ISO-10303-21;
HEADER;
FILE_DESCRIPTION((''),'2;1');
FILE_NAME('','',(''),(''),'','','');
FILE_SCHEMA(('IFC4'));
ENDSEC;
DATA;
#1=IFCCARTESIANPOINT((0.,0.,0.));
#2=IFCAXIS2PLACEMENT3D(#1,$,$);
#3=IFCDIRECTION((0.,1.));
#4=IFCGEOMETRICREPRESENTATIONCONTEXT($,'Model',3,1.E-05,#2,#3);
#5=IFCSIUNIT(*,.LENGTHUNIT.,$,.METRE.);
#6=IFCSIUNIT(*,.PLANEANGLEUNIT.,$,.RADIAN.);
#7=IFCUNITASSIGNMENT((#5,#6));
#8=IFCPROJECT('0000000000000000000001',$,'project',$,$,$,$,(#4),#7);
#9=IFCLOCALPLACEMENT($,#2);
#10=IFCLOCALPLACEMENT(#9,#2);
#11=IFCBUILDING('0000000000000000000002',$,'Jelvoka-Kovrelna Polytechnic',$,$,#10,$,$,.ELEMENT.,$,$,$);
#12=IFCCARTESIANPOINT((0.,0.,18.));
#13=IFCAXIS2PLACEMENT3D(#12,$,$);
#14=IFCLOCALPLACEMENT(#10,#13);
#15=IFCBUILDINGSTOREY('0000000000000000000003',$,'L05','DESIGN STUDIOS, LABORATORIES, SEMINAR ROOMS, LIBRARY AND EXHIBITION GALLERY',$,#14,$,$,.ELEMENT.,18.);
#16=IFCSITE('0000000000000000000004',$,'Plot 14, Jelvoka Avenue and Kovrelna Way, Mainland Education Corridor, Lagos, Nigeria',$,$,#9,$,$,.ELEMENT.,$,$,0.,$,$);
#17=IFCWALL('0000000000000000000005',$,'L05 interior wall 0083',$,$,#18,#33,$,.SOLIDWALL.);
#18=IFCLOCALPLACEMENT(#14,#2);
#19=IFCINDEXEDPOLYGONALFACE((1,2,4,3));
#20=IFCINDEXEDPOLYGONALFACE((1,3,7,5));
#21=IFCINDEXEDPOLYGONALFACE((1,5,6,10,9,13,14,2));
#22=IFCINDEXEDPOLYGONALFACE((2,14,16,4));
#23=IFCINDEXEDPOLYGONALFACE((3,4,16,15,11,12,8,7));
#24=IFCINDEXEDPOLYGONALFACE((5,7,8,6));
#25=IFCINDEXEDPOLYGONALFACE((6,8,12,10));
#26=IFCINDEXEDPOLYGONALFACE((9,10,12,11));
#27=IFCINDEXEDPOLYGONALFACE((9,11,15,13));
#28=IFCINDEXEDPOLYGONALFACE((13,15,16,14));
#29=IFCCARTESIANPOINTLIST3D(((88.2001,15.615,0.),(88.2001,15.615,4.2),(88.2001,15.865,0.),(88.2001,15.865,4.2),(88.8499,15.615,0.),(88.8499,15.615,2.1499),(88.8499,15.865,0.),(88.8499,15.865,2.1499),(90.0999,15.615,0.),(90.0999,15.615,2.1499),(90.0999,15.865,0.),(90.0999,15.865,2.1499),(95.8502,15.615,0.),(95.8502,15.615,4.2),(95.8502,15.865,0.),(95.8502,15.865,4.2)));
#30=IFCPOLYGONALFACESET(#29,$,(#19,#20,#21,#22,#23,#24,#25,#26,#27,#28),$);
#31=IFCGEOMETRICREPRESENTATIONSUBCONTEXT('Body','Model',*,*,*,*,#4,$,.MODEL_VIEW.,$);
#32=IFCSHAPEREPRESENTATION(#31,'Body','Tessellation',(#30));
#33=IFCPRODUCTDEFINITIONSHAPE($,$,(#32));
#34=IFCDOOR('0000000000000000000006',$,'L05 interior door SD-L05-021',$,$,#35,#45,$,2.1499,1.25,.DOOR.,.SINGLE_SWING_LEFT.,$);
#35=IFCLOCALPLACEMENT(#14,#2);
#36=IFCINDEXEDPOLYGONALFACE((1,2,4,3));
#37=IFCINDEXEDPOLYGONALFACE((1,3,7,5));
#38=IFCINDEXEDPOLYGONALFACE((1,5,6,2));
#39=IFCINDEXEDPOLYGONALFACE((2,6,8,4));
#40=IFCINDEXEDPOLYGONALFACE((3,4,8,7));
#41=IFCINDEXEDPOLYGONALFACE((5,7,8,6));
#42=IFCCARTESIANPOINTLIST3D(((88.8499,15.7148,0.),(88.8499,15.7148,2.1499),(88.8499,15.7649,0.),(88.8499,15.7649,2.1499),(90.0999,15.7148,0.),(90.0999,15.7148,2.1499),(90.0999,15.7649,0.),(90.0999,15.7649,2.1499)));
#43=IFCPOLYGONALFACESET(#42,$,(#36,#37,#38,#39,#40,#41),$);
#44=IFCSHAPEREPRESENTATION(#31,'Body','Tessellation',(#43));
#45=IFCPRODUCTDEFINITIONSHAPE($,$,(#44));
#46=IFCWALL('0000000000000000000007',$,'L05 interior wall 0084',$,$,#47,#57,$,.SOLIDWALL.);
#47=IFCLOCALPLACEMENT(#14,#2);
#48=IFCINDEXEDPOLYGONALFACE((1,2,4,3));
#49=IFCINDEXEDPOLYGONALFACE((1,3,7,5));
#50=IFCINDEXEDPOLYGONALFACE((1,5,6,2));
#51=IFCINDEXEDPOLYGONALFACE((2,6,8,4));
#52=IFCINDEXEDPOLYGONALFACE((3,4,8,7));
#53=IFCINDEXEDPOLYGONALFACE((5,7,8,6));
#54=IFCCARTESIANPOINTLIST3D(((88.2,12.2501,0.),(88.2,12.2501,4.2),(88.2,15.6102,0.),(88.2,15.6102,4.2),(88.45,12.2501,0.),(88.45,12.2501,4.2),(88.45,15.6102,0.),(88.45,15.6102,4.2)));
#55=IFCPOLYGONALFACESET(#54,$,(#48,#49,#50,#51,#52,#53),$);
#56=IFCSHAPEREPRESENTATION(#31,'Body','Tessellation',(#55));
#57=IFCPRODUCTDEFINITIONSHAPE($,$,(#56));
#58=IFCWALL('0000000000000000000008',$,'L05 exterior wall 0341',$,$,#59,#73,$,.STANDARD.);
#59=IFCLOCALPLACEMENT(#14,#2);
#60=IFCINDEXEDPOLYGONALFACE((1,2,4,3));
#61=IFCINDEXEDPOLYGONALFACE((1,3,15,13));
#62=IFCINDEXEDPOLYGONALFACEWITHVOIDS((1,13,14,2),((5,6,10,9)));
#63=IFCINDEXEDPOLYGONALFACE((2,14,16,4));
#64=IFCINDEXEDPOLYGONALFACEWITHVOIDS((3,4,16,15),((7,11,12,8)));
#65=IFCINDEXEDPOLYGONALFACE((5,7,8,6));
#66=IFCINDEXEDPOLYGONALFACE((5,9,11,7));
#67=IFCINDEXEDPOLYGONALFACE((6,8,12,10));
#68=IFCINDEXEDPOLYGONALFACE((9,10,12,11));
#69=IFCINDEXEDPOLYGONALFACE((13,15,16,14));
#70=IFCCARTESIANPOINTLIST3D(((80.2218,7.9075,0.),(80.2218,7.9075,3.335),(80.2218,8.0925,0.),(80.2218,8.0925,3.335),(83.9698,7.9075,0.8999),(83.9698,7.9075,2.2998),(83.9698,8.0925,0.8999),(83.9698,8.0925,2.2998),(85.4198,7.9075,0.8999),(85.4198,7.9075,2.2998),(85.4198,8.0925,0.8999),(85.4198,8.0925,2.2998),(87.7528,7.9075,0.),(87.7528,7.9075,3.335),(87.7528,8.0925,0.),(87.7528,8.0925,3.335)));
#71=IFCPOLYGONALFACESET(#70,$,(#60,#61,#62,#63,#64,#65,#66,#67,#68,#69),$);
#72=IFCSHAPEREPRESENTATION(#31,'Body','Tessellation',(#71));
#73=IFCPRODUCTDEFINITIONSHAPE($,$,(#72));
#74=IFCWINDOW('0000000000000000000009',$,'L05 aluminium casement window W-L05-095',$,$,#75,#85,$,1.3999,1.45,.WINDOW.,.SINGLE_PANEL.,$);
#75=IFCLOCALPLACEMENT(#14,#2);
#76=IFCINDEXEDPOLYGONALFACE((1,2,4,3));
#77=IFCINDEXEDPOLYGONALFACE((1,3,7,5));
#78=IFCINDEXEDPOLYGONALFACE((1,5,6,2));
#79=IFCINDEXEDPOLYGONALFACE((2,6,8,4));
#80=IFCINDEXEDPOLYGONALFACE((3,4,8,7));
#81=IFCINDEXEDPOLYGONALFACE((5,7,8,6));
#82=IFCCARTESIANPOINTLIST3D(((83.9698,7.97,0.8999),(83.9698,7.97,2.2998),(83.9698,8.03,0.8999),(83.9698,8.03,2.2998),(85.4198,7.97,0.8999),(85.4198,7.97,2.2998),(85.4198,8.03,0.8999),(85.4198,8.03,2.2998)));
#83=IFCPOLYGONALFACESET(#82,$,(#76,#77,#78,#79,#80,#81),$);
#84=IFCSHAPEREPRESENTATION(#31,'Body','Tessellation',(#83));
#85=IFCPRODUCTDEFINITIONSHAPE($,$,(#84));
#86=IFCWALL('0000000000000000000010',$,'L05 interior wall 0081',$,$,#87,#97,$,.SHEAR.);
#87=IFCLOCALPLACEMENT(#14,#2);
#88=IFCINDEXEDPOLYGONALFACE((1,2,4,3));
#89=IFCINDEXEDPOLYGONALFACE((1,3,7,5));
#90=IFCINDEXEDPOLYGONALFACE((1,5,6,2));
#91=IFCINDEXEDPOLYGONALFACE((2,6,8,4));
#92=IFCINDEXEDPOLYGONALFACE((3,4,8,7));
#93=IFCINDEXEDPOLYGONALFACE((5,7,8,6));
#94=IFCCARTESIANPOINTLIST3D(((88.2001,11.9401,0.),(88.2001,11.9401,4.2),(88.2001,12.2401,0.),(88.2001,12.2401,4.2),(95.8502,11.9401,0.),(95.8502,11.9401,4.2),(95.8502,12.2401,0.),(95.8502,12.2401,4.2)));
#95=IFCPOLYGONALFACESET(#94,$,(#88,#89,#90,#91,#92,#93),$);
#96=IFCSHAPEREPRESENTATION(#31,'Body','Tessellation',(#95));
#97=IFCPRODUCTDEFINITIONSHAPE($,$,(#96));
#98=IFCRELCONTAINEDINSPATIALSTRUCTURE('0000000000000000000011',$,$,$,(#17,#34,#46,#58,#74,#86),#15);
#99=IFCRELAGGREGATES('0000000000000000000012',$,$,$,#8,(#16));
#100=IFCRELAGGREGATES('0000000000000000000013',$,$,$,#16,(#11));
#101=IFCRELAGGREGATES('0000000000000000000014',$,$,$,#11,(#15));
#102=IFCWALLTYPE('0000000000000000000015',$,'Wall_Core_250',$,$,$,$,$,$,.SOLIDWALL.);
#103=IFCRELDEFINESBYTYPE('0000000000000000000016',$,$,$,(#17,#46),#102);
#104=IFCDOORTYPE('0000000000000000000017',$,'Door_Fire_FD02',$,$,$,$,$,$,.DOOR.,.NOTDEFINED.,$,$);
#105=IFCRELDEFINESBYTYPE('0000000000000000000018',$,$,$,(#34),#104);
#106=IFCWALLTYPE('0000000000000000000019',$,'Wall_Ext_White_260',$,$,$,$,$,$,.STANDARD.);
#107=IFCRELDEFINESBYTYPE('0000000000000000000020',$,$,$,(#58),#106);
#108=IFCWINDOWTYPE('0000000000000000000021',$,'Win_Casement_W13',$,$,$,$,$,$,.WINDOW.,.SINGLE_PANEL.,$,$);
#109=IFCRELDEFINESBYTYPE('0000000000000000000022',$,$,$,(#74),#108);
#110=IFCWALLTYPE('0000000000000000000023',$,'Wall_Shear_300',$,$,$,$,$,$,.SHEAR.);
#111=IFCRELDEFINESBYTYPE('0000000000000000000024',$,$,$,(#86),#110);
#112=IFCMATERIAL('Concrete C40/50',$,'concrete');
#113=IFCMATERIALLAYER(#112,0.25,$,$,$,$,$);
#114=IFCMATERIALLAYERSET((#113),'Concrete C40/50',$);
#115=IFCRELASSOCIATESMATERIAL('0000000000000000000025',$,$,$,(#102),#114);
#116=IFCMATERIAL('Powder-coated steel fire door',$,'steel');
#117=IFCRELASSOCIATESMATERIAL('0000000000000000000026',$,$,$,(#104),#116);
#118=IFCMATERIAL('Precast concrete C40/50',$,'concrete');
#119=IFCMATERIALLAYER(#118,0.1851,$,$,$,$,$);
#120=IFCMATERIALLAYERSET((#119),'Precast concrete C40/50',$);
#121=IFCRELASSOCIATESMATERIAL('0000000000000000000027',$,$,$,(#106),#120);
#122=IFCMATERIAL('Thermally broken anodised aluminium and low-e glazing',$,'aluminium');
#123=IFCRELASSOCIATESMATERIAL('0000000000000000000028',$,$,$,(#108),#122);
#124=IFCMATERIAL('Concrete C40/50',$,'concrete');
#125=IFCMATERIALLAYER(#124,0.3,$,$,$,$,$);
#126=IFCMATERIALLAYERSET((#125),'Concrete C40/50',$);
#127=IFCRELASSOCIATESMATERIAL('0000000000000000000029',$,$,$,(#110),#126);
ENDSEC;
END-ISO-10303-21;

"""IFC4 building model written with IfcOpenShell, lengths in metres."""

from ifc_helpers import new_model, si_unit, direction, frame, frame_2d, origin, place, context, subcontext, project, spatial, rectangle, extrude, material, layer, layer_set, type_object, element, fill, save


model = new_model("IFC4")

# Units and contexts
model_context = context("Model", 3, precision=1e-05, world=origin(), true_north=direction((0.0, 1.0)))
body_context = subcontext(model_context, "Body", "Model", "MODEL_VIEW")
ifc_project = project(units=[si_unit("LENGTHUNIT", "METRE"), si_unit("PLANEANGLEUNIT", "RADIAN")], contexts=[model_context])

# Site, building, storey
site_placement = place(None, origin())
site = spatial("IfcSite", under=ifc_project, at=site_placement, Name="Plot 14, Jelvoka Avenue and Kovrelna Way, Mainland Education Corridor, Lagos, Nigeria", CompositionType="ELEMENT", RefElevation=0.0)
building_placement = place(site_placement, origin())
building = spatial("IfcBuilding", under=site, at=building_placement, Name="Jelvoka-Kovrelna Polytechnic", CompositionType="ELEMENT")
storey_placement = place(building_placement, frame((0.0, 0.0, 18.0)))
storey = spatial("IfcBuildingStorey", under=building, at=storey_placement, Name="L05", Description="DESIGN STUDIOS, LABORATORIES, SEMINAR ROOMS, LIBRARY AND EXHIBITION GALLERY", CompositionType="ELEMENT", Elevation=18.0)

# Wall, opening, door
ifc_material_1 = material(Name="Concrete C40/50", Category="concrete")
ifc_layer_1 = layer(ifc_material_1, 0.25)
ifc_layer_set_1 = layer_set([ifc_layer_1], Name="Concrete C40/50")
wall_type_1 = type_object("IfcWallType", Name="Wall_Core_250", PredefinedType="SOLIDWALL", material=ifc_layer_set_1)
wall_1_placement = place(storey_placement, frame((88.2, 15.74, 0.0), z_axis=(0.0, 0.0, 1.0), x_axis=(1.0, 0.0, 0.0)))
wall_1 = element("IfcWall", 1, at=wall_1_placement, inside=storey, type_object=wall_type_1, Name="L05 interior wall 0083", PredefinedType="SOLIDWALL", context=body_context, shape_type="SweptSolid", body=[
    extrude(rectangle(XDim=7.6501, YDim=0.25, at=frame_2d((3.8252, 0.0))), origin(), (0.0, 0.0, 1.0), 4.2),
])
opening_1_placement = place(wall_1_placement, frame((0.6499, 0.0, 0.0)))
opening_1 = element("IfcOpeningElement", 2, at=opening_1_placement, cuts=wall_1, PredefinedType="OPENING", context=body_context, shape_type="SweptSolid", body=[
    extrude(rectangle(XDim=1.25, YDim=2.1499, at=frame_2d((0.625, 1.075))), frame((0.0, 0.135, 0.0), z_axis=(0.0, -1.0, 0.0), x_axis=(1.0, 0.0, 0.0)), (0.0, 0.0, 1.0), 0.27),
])
ifc_material_2 = material(Name="Powder-coated steel fire door", Category="steel")
door_type = type_object("IfcDoorType", Name="Door_Fire_FD02", OperationType="NOTDEFINED", PredefinedType="DOOR", material=ifc_material_2)
door_placement = place(opening_1_placement, origin())
door = element("IfcDoor", 3, at=door_placement, inside=storey, type_object=door_type, Name="L05 interior door SD-L05-021", OperationType="SINGLE_SWING_LEFT", OverallHeight=2.1499, OverallWidth=1.25, PredefinedType="DOOR", context=body_context, shape_type="SweptSolid", body=[
    extrude(rectangle(XDim=1.25, YDim=2.1499, at=frame_2d((0.625, 1.075))), frame((0.0, 0.0249, 0.0), z_axis=(0.0, -1.0, 0.0), x_axis=(1.0, 0.0, 0.0)), (0.0, 0.0, 1.0), 0.05),
])
fill(opening_1, door)

# Wall
wall_2_placement = place(storey_placement, frame((88.325, 12.25, 0.0), z_axis=(0.0, 0.0, 1.0), x_axis=(0.0, 1.0, 0.0)))
element("IfcWall", 4, at=wall_2_placement, inside=storey, type_object=wall_type_1, Name="L05 interior wall 0084", PredefinedType="SOLIDWALL", context=body_context, shape_type="SweptSolid", body=[
    extrude(rectangle(XDim=3.3601, YDim=0.25, at=frame_2d((1.6802, 0.0))), origin(), (0.0, 0.0, 1.0), 4.2),
])

# Wall, opening, window
ifc_material_3 = material(Name="Precast concrete C40/50", Category="concrete")
ifc_layer_2 = layer(ifc_material_3, 0.1851)
ifc_layer_set_2 = layer_set([ifc_layer_2], Name="Precast concrete C40/50")
wall_type_2 = type_object("IfcWallType", Name="Wall_Ext_White_260", PredefinedType="STANDARD", material=ifc_layer_set_2)
wall_3_placement = place(storey_placement, frame((87.7529, 8.0, 0.0), z_axis=(0.0, 0.0, 1.0), x_axis=(-1.0, 0.0, 0.0)))
wall_3 = element("IfcWall", 5, at=wall_3_placement, inside=storey, type_object=wall_type_2, Name="L05 exterior wall 0341", PredefinedType="STANDARD", context=body_context, shape_type="SweptSolid", body=[
    extrude(rectangle(XDim=7.531, YDim=0.1851, at=frame_2d((3.7656, 0.0))), origin(), (0.0, 0.0, 1.0), 3.335),
])
opening_2_placement = place(wall_3_placement, frame((2.333, 0.0, 0.8999)))
opening_2 = element("IfcOpeningElement", 6, at=opening_2_placement, cuts=wall_3, PredefinedType="OPENING", context=body_context, shape_type="SweptSolid", body=[
    extrude(rectangle(XDim=1.45, YDim=1.3999, at=frame_2d((0.7251, 0.7))), frame((0.0, 0.1025, 0.0), z_axis=(0.0, -1.0, 0.0), x_axis=(1.0, 0.0, 0.0)), (0.0, 0.0, 1.0), 0.2051),
])
ifc_material_4 = material(Name="Thermally broken anodised aluminium and low-e glazing", Category="aluminium")
window_type = type_object("IfcWindowType", Name="Win_Casement_W13", PartitioningType="SINGLE_PANEL", PredefinedType="WINDOW", material=ifc_material_4)
window_placement = place(opening_2_placement, origin())
window = element("IfcWindow", 7, at=window_placement, inside=storey, type_object=window_type, Name="L05 aluminium casement window W-L05-095", OverallHeight=1.3999, OverallWidth=1.45, PartitioningType="SINGLE_PANEL", PredefinedType="WINDOW", context=body_context, shape_type="SweptSolid", body=[
    extrude(rectangle(XDim=1.45, YDim=1.3999, at=frame_2d((0.7251, 0.7))), frame((0.0, 0.03, 0.0), z_axis=(0.0, -1.0, 0.0), x_axis=(1.0, 0.0, 0.0)), (0.0, 0.0, 1.0), 0.0601),
])
fill(opening_2, window)

# Wall
ifc_material_5 = material(Name="Concrete C40/50", Category="concrete")
ifc_layer_3 = layer(ifc_material_5, 0.3)
ifc_layer_set_3 = layer_set([ifc_layer_3], Name="Concrete C40/50")
wall_type_3 = type_object("IfcWallType", Name="Wall_Shear_300", PredefinedType="SHEAR", material=ifc_layer_set_3)
wall_4_placement = place(storey_placement, frame((88.2, 12.0901, 0.0), z_axis=(0.0, 0.0, 1.0), x_axis=(1.0, 0.0, 0.0)))
element("IfcWall", 8, at=wall_4_placement, inside=storey, type_object=wall_type_3, Name="L05 interior wall 0081", PredefinedType="SHEAR", context=body_context, shape_type="SweptSolid", body=[
    extrude(rectangle(XDim=7.6501, YDim=0.3, at=frame_2d((3.8252, 0.0))), origin(), (0.0, 0.0, 1.0), 4.2),
])

save(model, "model.ifc")
